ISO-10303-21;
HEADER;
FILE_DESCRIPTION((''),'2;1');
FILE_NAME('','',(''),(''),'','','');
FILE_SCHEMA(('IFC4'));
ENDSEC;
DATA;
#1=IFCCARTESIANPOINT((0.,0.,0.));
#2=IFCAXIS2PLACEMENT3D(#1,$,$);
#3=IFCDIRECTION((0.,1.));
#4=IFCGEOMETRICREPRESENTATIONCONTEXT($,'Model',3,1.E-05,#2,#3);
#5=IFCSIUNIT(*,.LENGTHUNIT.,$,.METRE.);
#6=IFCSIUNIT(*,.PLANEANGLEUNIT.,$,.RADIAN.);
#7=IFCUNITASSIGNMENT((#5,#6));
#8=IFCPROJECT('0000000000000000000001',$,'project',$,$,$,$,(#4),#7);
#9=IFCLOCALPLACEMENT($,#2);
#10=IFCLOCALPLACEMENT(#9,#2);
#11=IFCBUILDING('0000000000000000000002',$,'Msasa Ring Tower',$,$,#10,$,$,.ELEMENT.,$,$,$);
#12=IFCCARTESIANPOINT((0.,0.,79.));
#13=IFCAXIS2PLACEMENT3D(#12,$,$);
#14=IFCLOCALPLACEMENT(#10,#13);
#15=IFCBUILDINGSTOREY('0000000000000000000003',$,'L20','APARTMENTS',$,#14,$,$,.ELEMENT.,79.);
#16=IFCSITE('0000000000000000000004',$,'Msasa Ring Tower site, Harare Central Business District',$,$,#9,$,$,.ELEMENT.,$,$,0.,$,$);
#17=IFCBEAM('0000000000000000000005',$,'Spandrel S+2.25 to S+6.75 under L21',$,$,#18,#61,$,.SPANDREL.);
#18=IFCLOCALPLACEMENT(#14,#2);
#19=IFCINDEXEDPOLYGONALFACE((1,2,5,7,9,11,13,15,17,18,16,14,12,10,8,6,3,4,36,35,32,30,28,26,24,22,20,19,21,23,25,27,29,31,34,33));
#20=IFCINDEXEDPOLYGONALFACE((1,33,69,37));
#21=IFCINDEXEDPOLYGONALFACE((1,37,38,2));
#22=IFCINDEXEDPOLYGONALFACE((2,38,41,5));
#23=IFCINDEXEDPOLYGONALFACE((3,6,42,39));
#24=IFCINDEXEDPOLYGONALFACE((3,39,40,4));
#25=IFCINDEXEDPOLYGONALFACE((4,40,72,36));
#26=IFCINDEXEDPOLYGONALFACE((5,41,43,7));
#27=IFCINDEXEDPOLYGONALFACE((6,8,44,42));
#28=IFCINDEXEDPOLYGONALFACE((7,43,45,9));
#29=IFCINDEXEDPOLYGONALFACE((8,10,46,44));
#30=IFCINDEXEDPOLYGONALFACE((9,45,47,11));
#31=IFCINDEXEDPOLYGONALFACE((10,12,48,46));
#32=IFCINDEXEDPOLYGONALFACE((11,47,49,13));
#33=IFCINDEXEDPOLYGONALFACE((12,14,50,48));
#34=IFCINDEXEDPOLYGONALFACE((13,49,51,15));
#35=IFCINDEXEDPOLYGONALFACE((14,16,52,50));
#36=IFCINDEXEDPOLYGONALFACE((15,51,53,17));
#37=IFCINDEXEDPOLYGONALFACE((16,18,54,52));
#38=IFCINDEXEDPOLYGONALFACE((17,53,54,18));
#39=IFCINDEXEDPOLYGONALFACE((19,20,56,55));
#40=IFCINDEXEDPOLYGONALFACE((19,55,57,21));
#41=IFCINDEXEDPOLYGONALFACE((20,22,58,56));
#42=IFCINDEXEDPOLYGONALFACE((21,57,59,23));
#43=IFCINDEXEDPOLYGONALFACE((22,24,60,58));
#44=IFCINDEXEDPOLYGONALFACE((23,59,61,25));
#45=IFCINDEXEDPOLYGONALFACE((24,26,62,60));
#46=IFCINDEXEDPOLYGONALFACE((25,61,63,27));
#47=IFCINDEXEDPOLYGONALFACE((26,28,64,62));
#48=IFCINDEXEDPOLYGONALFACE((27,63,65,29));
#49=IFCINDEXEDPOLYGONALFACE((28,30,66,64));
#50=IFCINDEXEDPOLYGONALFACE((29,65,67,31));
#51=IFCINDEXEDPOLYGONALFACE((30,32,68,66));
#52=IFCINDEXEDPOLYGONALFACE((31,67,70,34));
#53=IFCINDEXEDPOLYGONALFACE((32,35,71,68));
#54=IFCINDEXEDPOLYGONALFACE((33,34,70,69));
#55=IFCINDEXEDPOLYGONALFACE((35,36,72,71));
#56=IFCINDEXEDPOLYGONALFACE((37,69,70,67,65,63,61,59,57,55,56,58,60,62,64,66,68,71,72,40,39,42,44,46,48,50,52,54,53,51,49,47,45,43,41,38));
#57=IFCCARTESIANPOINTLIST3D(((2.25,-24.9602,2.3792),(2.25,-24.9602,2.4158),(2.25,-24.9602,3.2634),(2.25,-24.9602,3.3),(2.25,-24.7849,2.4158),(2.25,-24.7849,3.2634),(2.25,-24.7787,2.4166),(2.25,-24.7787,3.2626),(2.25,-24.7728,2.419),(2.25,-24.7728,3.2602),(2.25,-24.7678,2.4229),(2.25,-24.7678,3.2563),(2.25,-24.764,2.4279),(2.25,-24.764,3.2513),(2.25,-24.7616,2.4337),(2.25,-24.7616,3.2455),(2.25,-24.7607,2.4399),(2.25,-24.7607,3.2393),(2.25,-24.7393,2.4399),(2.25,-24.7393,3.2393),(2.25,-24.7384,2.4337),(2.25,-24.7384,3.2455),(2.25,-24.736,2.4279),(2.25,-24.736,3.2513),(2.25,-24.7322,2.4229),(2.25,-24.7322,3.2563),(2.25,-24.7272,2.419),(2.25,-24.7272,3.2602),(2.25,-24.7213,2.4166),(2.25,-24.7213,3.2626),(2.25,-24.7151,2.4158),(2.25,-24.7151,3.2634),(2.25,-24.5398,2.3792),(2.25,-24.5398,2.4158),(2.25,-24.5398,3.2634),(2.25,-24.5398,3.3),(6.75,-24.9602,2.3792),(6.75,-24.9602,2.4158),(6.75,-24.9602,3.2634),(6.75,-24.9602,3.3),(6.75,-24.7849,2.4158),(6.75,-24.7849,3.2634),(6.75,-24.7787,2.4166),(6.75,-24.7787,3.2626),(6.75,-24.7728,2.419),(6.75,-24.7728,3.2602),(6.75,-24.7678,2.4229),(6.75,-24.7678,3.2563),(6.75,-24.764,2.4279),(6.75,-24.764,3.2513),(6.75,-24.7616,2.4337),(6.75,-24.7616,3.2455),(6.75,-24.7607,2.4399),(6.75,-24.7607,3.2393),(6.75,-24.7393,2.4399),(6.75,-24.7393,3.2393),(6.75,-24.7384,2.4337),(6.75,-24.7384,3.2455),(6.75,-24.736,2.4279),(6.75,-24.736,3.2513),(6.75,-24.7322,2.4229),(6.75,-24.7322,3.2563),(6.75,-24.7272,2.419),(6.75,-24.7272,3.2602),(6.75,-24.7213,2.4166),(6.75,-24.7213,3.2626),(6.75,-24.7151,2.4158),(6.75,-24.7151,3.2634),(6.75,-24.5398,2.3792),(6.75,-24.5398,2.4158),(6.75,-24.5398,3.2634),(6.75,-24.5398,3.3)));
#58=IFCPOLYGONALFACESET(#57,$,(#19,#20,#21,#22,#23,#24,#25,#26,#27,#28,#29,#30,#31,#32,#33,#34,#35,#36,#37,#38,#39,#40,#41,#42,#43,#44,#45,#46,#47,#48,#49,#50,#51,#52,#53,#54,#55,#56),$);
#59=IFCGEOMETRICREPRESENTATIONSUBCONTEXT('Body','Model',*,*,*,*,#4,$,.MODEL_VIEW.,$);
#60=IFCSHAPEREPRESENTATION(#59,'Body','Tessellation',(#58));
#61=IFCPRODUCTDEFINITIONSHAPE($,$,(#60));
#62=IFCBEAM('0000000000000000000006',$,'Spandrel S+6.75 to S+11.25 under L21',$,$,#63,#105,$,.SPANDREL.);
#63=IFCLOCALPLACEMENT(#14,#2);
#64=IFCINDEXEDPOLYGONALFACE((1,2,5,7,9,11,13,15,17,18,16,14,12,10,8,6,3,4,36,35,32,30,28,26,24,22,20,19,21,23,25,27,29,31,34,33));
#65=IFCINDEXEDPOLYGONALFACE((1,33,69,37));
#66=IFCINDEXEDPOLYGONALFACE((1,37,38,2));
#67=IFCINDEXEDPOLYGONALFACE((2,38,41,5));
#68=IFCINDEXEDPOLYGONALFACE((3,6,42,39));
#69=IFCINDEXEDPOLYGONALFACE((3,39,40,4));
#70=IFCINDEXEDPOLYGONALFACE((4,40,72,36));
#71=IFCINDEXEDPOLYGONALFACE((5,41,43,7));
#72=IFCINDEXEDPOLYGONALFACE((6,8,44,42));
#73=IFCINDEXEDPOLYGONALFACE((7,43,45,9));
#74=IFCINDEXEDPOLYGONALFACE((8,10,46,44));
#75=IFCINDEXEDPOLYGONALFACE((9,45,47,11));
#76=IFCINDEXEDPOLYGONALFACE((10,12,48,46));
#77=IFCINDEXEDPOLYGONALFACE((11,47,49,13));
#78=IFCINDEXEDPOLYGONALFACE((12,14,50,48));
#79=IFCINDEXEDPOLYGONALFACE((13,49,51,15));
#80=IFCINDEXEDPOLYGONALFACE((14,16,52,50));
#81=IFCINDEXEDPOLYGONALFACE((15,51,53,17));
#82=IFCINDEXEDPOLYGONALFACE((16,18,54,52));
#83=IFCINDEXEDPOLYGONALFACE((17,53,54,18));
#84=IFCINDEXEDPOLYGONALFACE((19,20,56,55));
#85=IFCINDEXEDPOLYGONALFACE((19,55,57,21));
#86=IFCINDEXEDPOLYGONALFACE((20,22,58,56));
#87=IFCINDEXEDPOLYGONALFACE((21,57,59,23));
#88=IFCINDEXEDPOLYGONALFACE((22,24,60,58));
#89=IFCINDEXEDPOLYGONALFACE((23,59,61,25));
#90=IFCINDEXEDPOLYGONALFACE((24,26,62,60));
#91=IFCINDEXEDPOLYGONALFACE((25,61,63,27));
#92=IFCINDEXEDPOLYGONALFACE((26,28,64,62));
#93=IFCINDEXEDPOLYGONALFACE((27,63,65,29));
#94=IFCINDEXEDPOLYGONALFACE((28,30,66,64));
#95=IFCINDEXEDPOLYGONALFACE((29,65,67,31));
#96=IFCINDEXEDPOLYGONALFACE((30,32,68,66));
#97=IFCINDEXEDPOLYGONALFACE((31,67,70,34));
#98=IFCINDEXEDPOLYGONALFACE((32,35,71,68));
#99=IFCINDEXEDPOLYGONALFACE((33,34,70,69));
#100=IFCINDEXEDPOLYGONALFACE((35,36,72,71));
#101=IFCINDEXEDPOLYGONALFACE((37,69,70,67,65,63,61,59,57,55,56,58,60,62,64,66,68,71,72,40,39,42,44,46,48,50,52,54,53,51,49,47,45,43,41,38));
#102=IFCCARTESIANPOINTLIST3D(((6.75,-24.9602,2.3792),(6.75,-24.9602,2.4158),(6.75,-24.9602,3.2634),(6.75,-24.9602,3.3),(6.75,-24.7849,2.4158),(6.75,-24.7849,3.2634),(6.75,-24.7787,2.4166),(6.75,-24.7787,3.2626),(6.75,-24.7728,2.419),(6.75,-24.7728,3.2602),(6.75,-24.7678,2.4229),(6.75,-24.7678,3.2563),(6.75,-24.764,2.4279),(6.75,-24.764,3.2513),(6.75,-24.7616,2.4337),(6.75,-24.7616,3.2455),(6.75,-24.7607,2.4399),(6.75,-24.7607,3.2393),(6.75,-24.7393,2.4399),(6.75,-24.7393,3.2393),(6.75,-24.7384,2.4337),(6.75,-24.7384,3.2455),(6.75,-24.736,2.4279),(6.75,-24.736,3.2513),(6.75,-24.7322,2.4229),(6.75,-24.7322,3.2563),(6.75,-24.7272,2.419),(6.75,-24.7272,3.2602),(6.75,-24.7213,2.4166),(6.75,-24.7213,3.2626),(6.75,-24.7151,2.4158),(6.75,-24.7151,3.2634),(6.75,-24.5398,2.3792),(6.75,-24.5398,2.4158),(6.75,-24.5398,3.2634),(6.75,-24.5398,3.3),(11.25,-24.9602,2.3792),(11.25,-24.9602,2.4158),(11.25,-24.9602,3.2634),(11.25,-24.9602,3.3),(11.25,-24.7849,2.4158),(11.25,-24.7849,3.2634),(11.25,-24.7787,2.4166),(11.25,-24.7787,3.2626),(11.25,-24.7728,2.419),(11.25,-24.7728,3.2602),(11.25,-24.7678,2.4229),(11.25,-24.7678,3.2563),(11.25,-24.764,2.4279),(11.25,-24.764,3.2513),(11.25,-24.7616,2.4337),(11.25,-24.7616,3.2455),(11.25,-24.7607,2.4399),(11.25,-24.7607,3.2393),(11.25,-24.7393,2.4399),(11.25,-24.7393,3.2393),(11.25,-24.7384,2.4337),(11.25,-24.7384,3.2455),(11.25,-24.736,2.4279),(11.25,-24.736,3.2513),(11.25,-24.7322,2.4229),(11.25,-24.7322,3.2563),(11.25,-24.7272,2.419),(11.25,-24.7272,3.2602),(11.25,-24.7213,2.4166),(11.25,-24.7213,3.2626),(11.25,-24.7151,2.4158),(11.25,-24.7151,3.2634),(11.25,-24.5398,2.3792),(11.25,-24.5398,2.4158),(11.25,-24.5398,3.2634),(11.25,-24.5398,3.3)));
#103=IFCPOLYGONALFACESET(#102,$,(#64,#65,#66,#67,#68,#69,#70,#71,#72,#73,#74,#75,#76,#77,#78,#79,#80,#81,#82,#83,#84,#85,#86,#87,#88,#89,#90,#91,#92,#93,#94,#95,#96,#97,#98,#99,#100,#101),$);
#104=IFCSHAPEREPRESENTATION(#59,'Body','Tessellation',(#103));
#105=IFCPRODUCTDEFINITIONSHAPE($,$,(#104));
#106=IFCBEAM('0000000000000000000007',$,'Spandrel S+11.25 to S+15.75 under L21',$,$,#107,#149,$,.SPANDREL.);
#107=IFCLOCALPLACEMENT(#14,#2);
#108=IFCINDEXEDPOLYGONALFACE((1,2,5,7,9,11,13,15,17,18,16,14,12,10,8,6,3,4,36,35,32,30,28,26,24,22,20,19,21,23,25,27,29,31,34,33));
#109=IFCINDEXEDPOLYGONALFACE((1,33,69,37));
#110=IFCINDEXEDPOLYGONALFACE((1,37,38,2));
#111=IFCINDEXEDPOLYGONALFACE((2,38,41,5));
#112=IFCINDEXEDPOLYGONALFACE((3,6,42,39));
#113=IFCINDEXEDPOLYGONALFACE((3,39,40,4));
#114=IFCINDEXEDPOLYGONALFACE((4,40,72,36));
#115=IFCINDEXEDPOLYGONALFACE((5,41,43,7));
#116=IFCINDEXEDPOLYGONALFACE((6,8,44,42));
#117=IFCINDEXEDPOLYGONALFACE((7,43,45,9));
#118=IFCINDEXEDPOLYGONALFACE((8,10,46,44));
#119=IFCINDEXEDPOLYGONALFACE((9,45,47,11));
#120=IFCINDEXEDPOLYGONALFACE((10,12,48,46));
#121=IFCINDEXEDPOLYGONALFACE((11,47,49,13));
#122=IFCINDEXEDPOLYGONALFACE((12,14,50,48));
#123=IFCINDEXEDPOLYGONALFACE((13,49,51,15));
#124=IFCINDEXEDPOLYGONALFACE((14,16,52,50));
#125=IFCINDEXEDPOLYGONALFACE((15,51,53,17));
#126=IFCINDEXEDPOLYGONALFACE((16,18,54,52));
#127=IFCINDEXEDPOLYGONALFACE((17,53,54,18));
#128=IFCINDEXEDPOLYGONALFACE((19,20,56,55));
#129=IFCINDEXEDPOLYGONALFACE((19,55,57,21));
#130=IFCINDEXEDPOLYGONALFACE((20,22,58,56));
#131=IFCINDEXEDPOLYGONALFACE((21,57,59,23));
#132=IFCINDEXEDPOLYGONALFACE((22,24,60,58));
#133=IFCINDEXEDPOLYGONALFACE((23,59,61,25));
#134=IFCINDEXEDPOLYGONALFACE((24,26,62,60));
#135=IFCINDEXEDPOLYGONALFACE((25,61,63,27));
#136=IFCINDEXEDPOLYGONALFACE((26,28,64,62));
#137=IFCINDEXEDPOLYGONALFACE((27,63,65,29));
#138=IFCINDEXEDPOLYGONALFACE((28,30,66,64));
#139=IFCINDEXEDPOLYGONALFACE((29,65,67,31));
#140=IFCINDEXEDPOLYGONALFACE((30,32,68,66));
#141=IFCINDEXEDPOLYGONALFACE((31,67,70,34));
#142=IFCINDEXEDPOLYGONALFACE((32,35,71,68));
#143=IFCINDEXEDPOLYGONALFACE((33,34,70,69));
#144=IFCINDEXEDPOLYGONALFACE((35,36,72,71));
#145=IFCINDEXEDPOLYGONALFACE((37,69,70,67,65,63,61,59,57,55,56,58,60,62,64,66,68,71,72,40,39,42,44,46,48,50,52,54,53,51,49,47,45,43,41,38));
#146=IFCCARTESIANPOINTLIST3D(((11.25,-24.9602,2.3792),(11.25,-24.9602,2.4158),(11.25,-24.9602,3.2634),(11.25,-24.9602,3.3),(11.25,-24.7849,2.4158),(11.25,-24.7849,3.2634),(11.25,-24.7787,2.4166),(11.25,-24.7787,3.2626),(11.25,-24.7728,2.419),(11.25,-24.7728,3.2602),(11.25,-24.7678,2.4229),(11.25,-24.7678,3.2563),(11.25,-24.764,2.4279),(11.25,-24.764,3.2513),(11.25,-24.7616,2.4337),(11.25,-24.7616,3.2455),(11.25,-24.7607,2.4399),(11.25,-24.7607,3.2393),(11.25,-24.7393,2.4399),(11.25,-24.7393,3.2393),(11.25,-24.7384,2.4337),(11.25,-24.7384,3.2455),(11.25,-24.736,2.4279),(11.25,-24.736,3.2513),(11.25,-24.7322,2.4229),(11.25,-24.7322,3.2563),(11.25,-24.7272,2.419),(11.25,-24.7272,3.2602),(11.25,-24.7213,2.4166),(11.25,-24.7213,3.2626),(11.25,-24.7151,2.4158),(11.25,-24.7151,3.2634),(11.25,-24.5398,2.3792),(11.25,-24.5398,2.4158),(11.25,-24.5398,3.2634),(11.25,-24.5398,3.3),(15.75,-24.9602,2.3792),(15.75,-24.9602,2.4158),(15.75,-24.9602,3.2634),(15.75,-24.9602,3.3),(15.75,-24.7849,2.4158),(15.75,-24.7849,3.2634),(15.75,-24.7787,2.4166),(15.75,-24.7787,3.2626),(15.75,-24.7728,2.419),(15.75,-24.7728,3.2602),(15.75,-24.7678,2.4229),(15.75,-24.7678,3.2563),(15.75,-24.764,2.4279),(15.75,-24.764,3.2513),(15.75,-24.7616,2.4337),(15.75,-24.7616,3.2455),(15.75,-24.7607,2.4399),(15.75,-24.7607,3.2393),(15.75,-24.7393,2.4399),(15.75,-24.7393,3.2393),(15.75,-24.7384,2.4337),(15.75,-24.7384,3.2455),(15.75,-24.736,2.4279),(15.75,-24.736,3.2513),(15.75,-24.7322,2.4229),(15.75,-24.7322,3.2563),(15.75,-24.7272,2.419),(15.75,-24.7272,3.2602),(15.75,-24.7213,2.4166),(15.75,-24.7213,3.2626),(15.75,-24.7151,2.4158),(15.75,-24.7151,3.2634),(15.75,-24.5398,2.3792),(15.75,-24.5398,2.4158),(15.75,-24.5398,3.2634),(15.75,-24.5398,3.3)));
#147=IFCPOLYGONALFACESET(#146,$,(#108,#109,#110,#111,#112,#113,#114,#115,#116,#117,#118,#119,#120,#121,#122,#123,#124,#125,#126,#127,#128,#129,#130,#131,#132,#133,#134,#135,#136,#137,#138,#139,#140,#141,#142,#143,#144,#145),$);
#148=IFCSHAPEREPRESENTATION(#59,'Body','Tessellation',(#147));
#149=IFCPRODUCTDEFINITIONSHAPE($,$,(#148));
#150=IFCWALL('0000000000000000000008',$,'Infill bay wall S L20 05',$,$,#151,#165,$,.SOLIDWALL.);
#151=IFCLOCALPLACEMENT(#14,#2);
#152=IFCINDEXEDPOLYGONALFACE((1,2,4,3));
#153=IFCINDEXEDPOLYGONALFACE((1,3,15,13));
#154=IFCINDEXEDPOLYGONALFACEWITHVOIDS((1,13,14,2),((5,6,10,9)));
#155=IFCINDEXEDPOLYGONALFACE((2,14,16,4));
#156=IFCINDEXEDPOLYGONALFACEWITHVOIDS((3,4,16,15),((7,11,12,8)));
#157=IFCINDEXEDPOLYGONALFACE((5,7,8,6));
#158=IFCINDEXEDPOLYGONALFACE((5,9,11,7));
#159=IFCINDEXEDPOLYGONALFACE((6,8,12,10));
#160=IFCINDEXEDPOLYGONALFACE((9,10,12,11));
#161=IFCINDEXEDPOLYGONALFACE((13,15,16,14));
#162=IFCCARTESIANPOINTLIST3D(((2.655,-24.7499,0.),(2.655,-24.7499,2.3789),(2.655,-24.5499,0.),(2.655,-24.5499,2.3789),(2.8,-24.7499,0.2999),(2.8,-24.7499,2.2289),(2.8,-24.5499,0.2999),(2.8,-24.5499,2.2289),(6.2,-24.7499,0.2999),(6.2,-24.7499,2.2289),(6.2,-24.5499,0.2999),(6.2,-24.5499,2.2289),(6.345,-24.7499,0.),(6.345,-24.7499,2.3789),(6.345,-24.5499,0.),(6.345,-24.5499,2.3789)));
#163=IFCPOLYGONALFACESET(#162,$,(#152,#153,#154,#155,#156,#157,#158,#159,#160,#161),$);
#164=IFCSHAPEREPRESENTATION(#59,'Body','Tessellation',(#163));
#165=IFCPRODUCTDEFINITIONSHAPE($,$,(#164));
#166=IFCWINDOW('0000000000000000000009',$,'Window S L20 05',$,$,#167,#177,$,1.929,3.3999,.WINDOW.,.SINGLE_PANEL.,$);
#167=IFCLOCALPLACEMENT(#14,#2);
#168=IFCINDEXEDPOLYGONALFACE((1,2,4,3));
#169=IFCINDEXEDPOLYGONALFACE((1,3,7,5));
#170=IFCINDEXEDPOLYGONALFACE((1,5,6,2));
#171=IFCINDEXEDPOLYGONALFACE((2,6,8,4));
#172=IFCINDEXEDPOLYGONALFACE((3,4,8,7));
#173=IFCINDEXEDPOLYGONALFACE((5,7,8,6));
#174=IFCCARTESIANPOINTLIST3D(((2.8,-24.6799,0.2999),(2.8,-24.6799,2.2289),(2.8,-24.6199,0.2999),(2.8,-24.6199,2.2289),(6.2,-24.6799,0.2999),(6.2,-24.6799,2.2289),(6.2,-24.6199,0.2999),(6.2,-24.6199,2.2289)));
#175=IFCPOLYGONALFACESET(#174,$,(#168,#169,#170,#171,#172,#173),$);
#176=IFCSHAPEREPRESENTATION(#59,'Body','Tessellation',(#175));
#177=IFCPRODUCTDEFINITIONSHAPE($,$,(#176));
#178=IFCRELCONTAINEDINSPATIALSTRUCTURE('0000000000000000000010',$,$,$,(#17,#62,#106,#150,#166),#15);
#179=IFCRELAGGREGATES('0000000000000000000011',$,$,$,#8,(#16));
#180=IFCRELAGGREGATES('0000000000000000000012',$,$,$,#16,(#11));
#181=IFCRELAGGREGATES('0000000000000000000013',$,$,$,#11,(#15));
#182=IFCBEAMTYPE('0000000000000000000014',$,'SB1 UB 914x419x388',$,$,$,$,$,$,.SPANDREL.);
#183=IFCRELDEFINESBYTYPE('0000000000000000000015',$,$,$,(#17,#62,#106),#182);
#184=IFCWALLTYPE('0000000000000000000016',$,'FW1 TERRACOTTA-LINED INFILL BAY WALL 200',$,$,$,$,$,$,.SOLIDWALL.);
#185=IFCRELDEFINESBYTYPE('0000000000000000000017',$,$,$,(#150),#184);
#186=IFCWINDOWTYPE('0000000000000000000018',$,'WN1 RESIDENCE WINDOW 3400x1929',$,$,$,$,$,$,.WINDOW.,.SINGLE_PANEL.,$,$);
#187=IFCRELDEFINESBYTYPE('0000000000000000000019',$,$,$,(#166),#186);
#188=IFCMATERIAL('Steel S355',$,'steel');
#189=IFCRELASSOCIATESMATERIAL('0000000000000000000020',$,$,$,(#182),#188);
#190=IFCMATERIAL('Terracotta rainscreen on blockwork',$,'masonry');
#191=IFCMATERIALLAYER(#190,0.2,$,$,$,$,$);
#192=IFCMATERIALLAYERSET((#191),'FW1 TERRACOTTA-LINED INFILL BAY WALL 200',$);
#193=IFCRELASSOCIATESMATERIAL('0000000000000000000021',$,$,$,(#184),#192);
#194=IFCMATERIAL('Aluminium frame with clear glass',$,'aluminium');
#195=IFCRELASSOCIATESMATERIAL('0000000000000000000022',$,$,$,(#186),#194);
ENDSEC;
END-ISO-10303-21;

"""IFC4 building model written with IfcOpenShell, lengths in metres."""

from ifc_helpers import new_model, si_unit, direction, frame, frame_2d, origin, origin_2d, place, context, subcontext, project, spatial, rectangle, i_section, extrude, material, layer, layer_set, material_profile, profile_set, type_object, element, fill, save


model = new_model("IFC4")

# Units and contexts
model_context = context("Model", 3, precision=1e-05, world=origin(), true_north=direction((0.0, 1.0)))
body_context = subcontext(model_context, "Body", "Model", "MODEL_VIEW")
ifc_project = project(units=[si_unit("LENGTHUNIT", "METRE"), si_unit("PLANEANGLEUNIT", "RADIAN")], contexts=[model_context])

# Site, building, storey
site_placement = place(None, origin())
site = spatial("IfcSite", under=ifc_project, at=site_placement, Name="Msasa Ring Tower site, Harare Central Business District", CompositionType="ELEMENT", RefElevation=0.0)
building_placement = place(site_placement, origin())
building = spatial("IfcBuilding", under=site, at=building_placement, Name="Msasa Ring Tower", CompositionType="ELEMENT")
storey_placement = place(building_placement, frame((0.0, 0.0, 79.0)))
storey = spatial("IfcBuildingStorey", under=building, at=storey_placement, Name="L20", Description="APARTMENTS", CompositionType="ELEMENT", Elevation=79.0)

# Beams
ifc_material_1 = material(Name="Steel S355", Category="steel")
ifc_material_profile_1 = material_profile(ifc_material_1, i_section(OverallWidth=0.4204, OverallDepth=0.9209, WebThickness=0.0215, FlangeThickness=0.0366, FilletRadius=0.0242, at=origin_2d()), Name="UB 914x419x388")
ifc_profile_set_1 = profile_set([ifc_material_profile_1], Name="Steel S355")
beam_type_1 = type_object("IfcBeamType", Name="SB1 UB 914x419x388", PredefinedType="SPANDREL", material=ifc_profile_set_1)
for number, where, z_axis, x_axis, name in (
    (1, (2.25, -24.75, 2.8396), (1.0, 0.0, 0.0), (0.0, 1.0, 0.0), "Spandrel S+2.25 to S+6.75 under L21"),
    (2, (6.75, -24.75, 2.8396), (1.0, 0.0, 0.0), (0.0, 1.0, 0.0), "Spandrel S+6.75 to S+11.25 under L21"),
    (3, (11.25, -24.75, 2.8396), (1.0, 0.0, 0.0), (0.0, 1.0, 0.0), "Spandrel S+11.25 to S+15.75 under L21"),
):
    element("IfcBeam", number, at=place(storey_placement, frame(where, z_axis=z_axis, x_axis=x_axis)), inside=storey, type_object=beam_type_1, Name=name, PredefinedType="SPANDREL", context=body_context, shape_type="SweptSolid", body=[
        extrude(i_section(OverallWidth=0.4204, OverallDepth=0.9209, WebThickness=0.0215, FlangeThickness=0.0366, FilletRadius=0.0242, at=origin_2d()), origin(), (0.0, 0.0, 1.0), 4.5),
    ])

# Wall, opening, window
ifc_material_2 = material(Name="Terracotta rainscreen on blockwork", Category="masonry")
ifc_layer_1 = layer(ifc_material_2, 0.2)
ifc_layer_set_1 = layer_set([ifc_layer_1], Name="FW1 TERRACOTTA-LINED INFILL BAY WALL 200")
wall_type_1 = type_object("IfcWallType", Name="FW1 TERRACOTTA-LINED INFILL BAY WALL 200", PredefinedType="SOLIDWALL", material=ifc_layer_set_1)
wall_1_placement = place(storey_placement, frame((2.655, -24.6499, 0.0), z_axis=(0.0, 0.0, 1.0), x_axis=(1.0, 0.0, 0.0)))
wall_1 = element("IfcWall", 4, at=wall_1_placement, inside=storey, type_object=wall_type_1, Name="Infill bay wall S L20 05", PredefinedType="SOLIDWALL", context=body_context, shape_type="SweptSolid", body=[
    extrude(rectangle(XDim=3.6899, YDim=0.2, at=frame_2d((1.845, 0.0))), origin(), (0.0, 0.0, 1.0), 2.3789),
])
opening_1_placement = place(wall_1_placement, frame((0.145, 0.0, 0.3)))
opening_1 = element("IfcOpeningElement", 5, at=opening_1_placement, cuts=wall_1, PredefinedType="OPENING", context=body_context, shape_type="SweptSolid", body=[
    extrude(rectangle(XDim=3.3999, YDim=1.929, at=frame_2d((1.7, 0.9644))), frame((0.0, 0.1099, 0.0), z_axis=(0.0, -1.0, 0.0), x_axis=(1.0, 0.0, 0.0)), (0.0, 0.0, 1.0), 0.22),
])
ifc_material_3 = material(Name="Aluminium frame with clear glass", Category="aluminium")
window_type = type_object("IfcWindowType", Name="WN1 RESIDENCE WINDOW 3400x1929", PartitioningType="SINGLE_PANEL", PredefinedType="WINDOW", material=ifc_material_3)
window_1_placement = place(opening_1_placement, origin())
window_1 = element("IfcWindow", 6, at=window_1_placement, inside=storey, type_object=window_type, Name="Window S L20 05", OverallHeight=1.929, OverallWidth=3.3999, PartitioningType="SINGLE_PANEL", PredefinedType="WINDOW", context=body_context, shape_type="SweptSolid", body=[
    extrude(rectangle(XDim=3.3999, YDim=1.929, at=frame_2d((1.7, 0.9644))), frame((0.0, 0.03, 0.0), z_axis=(0.0, -1.0, 0.0), x_axis=(1.0, 0.0, 0.0)), (0.0, 0.0, 1.0), 0.0601),
])
fill(opening_1, window_1)

save(model, "model.ifc")
